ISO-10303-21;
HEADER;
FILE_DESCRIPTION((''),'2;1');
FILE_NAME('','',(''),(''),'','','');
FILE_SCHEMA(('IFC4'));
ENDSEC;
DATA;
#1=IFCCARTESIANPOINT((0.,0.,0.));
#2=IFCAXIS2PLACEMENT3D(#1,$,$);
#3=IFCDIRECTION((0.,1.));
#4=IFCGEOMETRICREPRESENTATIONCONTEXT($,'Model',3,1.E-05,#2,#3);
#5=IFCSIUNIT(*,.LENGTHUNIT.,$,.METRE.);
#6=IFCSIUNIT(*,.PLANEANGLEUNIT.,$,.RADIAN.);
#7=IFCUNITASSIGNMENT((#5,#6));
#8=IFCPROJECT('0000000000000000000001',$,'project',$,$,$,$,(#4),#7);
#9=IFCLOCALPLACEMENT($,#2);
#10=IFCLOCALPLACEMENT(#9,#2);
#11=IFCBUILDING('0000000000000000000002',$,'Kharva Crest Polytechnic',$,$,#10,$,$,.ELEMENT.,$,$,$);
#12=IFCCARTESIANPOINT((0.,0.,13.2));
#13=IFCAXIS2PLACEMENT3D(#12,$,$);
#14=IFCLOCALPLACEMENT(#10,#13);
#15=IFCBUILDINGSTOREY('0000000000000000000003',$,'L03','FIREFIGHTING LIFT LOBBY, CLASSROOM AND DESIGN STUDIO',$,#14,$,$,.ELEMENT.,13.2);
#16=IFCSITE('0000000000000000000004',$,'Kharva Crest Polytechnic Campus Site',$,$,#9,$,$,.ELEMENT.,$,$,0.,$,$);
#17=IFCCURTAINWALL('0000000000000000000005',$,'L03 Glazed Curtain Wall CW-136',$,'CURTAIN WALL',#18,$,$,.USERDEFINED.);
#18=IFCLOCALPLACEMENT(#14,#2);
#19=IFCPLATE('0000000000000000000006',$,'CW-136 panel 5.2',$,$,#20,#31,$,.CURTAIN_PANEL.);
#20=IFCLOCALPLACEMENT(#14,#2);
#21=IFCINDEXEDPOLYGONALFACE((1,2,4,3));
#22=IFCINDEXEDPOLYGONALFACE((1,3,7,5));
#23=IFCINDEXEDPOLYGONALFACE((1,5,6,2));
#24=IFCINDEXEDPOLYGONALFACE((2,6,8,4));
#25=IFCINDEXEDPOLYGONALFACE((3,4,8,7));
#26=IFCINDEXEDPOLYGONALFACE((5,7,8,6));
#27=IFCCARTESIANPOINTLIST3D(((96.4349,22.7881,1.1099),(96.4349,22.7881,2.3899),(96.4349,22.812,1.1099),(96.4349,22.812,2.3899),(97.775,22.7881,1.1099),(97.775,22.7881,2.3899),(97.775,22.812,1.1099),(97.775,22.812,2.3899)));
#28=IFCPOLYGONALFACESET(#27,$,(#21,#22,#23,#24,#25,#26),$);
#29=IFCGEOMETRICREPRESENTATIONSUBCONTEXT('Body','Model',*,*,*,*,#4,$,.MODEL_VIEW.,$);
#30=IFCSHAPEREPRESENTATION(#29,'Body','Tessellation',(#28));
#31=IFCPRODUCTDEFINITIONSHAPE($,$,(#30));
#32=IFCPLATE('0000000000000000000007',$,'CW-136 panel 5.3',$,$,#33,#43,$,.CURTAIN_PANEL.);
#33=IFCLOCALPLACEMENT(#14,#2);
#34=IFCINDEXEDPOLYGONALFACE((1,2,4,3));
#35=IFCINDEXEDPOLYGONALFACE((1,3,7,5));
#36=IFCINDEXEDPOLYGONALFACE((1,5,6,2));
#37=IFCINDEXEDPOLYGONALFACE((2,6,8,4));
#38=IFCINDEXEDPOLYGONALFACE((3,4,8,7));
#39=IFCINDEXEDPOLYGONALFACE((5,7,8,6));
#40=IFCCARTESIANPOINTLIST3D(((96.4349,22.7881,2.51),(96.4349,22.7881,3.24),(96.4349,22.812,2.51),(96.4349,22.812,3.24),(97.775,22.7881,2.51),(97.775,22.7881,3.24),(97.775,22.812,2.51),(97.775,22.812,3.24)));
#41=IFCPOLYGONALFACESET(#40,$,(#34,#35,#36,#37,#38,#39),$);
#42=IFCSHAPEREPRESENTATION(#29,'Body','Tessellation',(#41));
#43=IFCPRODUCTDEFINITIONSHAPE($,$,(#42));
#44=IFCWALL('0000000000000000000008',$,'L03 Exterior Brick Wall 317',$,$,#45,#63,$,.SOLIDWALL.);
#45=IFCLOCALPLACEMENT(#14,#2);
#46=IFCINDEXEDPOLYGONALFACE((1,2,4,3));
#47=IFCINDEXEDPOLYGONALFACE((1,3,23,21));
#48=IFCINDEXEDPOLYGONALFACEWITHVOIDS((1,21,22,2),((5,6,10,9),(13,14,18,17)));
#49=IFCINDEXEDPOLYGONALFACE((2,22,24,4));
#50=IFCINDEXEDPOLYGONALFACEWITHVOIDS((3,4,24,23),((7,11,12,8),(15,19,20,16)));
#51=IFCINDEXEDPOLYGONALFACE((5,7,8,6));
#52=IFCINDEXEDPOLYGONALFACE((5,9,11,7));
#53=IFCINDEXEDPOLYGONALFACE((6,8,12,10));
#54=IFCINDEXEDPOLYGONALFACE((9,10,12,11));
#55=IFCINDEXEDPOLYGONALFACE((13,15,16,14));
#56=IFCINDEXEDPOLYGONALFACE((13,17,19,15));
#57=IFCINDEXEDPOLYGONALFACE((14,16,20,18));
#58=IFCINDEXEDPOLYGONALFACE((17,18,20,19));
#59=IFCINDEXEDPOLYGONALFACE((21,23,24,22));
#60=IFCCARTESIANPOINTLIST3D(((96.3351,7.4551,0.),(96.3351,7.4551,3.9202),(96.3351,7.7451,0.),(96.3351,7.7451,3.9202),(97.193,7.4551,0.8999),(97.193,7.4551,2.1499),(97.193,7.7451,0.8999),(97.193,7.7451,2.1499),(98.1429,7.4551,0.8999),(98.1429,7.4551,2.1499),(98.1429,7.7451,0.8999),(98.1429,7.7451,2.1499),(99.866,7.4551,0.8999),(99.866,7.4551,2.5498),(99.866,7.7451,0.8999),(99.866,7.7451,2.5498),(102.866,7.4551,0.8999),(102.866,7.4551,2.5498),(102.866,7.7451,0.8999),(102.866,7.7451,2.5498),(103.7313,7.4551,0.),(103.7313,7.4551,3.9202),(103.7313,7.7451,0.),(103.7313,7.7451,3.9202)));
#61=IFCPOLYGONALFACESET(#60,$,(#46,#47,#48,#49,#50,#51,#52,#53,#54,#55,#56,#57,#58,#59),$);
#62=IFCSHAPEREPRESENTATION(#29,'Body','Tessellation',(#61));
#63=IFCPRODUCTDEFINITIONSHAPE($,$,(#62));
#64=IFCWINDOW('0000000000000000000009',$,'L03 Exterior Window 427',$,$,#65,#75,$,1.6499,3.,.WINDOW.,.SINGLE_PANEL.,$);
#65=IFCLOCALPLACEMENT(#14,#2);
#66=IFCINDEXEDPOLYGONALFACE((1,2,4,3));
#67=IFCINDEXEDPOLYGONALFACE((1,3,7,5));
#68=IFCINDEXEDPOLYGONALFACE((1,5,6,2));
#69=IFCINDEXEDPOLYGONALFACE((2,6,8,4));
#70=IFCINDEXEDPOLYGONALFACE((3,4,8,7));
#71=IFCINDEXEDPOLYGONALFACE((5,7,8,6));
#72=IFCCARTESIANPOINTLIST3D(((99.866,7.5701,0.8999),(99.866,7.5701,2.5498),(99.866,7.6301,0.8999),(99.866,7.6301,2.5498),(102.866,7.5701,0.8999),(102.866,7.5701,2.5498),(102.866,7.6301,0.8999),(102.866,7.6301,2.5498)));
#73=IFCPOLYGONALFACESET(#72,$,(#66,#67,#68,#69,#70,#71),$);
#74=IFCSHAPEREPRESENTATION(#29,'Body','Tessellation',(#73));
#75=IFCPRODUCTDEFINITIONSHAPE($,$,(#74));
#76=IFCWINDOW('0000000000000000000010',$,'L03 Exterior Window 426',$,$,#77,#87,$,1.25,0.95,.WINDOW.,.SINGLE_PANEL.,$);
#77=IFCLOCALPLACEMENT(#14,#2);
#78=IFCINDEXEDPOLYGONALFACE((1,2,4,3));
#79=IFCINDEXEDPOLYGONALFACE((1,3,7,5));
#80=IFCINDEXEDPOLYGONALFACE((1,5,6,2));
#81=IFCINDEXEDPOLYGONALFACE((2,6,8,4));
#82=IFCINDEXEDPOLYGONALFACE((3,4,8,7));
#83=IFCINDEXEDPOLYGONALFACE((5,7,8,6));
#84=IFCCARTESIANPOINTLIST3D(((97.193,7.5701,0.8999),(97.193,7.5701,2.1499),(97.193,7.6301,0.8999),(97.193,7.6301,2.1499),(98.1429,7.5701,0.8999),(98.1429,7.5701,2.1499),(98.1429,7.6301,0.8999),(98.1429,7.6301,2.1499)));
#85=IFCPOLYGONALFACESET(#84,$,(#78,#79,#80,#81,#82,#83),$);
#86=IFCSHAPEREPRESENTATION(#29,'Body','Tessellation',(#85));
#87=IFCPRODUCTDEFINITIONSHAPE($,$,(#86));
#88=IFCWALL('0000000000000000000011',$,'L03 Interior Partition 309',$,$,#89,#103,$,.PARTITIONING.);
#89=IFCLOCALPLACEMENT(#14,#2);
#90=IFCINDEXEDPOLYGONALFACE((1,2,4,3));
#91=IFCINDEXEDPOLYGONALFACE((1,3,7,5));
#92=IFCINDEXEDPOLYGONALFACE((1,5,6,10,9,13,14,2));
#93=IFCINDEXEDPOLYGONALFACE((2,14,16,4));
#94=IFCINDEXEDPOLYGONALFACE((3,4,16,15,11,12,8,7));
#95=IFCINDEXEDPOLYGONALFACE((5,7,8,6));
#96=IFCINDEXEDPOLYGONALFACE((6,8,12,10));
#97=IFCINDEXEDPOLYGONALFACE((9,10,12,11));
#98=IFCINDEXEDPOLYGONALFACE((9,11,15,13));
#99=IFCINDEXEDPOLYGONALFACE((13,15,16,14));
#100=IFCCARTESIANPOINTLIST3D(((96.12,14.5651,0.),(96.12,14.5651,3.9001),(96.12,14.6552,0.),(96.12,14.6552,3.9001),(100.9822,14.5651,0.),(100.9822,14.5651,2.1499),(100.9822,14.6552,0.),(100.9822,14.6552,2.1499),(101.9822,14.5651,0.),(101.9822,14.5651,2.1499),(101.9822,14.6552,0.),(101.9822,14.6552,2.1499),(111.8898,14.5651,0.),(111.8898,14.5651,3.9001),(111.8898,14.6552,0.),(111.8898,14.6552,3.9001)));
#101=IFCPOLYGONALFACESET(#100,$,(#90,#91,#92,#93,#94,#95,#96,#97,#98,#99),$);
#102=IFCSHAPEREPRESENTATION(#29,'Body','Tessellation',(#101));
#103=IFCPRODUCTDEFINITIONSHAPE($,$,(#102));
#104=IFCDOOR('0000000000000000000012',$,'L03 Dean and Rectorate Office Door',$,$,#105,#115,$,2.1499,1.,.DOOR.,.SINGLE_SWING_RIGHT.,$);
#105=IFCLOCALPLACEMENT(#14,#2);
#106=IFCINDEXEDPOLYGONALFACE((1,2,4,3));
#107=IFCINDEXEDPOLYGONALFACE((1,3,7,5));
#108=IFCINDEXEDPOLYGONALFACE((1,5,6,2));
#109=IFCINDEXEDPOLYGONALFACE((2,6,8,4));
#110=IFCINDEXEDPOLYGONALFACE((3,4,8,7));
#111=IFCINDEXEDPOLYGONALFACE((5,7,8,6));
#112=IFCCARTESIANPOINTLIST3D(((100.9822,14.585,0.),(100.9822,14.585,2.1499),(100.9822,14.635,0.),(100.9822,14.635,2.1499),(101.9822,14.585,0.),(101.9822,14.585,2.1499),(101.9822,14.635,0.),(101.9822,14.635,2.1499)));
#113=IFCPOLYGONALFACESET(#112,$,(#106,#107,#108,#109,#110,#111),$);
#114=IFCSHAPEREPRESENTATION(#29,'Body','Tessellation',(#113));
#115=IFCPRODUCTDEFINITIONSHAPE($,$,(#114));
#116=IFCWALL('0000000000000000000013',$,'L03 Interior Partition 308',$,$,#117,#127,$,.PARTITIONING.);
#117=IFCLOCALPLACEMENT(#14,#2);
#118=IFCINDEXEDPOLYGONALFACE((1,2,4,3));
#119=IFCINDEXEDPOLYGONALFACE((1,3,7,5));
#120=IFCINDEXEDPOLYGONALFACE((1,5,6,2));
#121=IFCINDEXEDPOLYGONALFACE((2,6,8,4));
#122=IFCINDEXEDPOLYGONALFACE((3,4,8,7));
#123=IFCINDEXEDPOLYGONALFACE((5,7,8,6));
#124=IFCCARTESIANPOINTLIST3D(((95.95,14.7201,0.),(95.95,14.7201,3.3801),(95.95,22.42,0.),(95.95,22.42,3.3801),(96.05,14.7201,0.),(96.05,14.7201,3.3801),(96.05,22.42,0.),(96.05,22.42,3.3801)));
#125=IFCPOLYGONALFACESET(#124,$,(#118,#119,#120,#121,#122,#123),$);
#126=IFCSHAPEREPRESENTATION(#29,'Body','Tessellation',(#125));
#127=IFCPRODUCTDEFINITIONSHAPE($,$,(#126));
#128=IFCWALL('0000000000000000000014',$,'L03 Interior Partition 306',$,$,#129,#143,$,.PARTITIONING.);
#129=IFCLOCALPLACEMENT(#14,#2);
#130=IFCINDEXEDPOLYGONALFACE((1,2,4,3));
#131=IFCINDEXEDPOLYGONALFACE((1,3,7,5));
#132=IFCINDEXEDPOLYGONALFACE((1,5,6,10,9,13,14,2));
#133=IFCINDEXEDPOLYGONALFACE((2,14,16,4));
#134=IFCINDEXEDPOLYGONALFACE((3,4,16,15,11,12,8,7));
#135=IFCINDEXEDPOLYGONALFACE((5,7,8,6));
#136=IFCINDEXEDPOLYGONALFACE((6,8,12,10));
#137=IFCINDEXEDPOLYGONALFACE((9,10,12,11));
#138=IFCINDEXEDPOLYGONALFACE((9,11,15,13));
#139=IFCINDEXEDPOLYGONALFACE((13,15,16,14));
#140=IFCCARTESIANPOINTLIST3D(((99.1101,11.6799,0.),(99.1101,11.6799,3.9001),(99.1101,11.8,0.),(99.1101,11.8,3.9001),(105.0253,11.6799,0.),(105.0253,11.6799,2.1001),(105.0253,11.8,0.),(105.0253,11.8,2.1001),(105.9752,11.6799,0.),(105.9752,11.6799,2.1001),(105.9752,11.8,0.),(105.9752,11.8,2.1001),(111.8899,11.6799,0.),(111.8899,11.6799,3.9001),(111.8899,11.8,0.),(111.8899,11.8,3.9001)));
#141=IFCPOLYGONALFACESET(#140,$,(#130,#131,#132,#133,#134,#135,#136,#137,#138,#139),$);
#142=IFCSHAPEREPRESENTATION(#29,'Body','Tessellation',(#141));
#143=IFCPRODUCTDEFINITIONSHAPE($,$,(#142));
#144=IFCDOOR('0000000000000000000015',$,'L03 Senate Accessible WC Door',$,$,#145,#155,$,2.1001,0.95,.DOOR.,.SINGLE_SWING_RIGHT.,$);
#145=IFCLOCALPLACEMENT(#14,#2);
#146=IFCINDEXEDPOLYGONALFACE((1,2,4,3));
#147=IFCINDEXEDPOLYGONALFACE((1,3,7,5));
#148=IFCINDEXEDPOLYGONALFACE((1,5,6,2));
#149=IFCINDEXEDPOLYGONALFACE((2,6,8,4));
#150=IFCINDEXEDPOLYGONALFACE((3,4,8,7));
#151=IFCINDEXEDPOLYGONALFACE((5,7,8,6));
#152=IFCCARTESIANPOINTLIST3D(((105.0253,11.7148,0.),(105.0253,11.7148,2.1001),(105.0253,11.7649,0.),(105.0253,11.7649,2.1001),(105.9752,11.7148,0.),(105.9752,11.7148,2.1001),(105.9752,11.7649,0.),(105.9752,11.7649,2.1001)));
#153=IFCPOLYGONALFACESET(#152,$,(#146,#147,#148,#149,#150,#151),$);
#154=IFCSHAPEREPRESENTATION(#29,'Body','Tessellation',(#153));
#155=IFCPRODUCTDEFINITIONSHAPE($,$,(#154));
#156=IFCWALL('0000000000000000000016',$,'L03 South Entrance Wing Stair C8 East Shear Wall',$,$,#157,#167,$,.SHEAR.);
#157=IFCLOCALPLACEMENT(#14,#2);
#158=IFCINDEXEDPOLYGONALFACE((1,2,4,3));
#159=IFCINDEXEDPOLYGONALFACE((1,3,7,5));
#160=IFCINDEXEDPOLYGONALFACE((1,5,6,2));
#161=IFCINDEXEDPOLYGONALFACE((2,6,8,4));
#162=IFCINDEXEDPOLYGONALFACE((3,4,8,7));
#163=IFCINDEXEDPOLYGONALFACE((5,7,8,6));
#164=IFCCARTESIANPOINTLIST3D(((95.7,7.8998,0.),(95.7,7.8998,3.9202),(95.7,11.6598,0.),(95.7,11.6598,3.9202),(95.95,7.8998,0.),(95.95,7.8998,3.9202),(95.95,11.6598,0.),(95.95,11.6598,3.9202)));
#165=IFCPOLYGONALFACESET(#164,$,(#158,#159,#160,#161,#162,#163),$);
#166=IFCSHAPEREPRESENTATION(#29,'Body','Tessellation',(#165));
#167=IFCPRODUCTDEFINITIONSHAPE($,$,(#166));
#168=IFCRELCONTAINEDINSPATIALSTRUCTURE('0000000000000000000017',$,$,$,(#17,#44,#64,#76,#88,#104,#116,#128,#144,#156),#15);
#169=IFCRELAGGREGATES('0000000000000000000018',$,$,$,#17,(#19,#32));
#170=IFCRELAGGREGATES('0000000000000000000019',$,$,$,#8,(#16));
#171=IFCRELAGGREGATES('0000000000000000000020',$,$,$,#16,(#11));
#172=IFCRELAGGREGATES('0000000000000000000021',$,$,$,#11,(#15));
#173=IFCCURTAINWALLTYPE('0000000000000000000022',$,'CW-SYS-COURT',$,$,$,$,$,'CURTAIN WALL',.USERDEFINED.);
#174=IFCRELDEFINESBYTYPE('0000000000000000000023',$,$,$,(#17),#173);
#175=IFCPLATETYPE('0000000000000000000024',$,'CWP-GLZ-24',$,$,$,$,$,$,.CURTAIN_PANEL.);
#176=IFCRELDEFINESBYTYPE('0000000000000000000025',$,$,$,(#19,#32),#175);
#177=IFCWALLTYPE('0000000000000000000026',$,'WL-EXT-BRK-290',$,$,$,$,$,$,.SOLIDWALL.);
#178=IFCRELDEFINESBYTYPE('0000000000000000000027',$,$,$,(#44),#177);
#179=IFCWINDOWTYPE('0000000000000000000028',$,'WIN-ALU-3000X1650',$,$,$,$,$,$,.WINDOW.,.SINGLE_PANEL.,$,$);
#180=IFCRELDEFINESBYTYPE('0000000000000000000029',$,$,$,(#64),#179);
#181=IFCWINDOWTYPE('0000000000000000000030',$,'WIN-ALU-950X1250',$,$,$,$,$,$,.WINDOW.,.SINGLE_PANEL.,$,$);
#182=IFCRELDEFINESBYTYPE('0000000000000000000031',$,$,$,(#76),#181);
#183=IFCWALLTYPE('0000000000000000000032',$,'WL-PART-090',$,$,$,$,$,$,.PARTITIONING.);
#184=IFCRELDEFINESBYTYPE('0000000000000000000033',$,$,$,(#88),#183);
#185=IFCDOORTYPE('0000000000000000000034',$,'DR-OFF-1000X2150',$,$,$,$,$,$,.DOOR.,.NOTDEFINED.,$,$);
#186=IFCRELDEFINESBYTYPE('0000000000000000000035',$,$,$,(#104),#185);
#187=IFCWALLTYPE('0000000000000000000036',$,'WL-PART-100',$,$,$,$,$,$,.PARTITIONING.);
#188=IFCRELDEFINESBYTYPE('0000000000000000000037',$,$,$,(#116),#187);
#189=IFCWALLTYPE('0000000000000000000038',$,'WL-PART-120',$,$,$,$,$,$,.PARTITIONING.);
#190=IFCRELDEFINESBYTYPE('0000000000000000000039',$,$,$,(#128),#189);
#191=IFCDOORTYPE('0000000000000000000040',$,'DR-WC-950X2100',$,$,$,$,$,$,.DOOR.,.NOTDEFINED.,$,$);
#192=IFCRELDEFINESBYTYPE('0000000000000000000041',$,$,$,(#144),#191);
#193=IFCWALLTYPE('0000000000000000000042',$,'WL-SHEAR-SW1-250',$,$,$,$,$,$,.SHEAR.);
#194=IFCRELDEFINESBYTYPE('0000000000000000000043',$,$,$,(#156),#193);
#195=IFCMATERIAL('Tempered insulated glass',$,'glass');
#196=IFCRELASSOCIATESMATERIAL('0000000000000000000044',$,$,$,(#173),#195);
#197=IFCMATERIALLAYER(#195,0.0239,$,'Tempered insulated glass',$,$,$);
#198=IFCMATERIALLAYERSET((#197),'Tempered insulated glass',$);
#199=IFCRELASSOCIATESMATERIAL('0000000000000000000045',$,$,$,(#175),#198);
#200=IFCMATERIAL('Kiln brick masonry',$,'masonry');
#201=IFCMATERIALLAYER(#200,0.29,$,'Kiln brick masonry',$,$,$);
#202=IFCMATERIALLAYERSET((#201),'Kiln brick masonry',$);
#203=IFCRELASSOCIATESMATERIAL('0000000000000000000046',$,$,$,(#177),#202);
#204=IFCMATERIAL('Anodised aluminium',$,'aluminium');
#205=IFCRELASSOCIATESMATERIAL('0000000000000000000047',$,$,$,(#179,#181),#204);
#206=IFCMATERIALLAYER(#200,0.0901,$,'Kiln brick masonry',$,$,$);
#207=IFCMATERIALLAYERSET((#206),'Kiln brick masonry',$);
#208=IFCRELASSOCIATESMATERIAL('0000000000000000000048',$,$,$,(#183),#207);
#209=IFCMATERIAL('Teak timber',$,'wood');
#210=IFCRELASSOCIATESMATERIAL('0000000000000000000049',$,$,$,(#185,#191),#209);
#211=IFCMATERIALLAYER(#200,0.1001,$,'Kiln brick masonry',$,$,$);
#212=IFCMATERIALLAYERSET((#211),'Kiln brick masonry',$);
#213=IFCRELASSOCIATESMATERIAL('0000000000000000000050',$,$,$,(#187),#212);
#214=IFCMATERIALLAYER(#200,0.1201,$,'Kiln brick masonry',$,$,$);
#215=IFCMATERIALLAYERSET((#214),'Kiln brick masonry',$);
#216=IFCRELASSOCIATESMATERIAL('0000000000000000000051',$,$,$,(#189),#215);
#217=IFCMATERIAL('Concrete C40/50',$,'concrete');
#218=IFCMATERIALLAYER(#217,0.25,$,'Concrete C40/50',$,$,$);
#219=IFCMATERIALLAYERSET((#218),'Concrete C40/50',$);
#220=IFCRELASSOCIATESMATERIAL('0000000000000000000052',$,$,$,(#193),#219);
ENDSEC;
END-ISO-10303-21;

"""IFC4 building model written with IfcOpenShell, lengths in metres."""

from ifc_helpers import new_model, si_unit, direction, frame, frame_2d, origin, origin_2d, place, context, subcontext, project, spatial, rectangle, extrude, material, layer, layer_set, type_object, element, fill, aggregate, save


model = new_model("IFC4")

# Units and contexts
model_context = context("Model", 3, precision=1e-05, world=origin(), true_north=direction((0.0, 1.0)))
body_context = subcontext(model_context, "Body", "Model", "MODEL_VIEW")
ifc_project = project(units=[si_unit("LENGTHUNIT", "METRE"), si_unit("PLANEANGLEUNIT", "RADIAN")], contexts=[model_context])

# Site, building, storey
site_placement = place(None, origin())
site = spatial("IfcSite", under=ifc_project, at=site_placement, Name="Kharva Crest Polytechnic Campus Site", CompositionType="ELEMENT", RefElevation=0.0)
building_placement = place(site_placement, origin())
building = spatial("IfcBuilding", under=site, at=building_placement, Name="Kharva Crest Polytechnic", CompositionType="ELEMENT")
storey_placement = place(building_placement, frame((0.0, 0.0, 13.2)))
storey = spatial("IfcBuildingStorey", under=building, at=storey_placement, Name="L03", Description="FIREFIGHTING LIFT LOBBY, CLASSROOM AND DESIGN STUDIO", CompositionType="ELEMENT", Elevation=13.2)

# Shared definitions
ifc_material_1 = material(Name="Concrete C40/50", Category="concrete")

# Curtain wall
ifc_material_2 = material(Name="Tempered insulated glass", Category="glass")
curtain_wall_type = type_object("IfcCurtainWallType", Name="CW-SYS-COURT", ElementType="CURTAIN WALL", PredefinedType="USERDEFINED", material=ifc_material_2)
curtain_wall_1_placement = place(storey_placement, origin())
curtain_wall_1 = element("IfcCurtainWall", 1, at=curtain_wall_1_placement, inside=storey, type_object=curtain_wall_type, Name="L03 Glazed Curtain Wall CW-136", ObjectType="CURTAIN WALL", PredefinedType="USERDEFINED")

# Plates
ifc_layer_1 = layer(ifc_material_2, 0.0239, Name="Tempered insulated glass")
ifc_layer_set_1 = layer_set([ifc_layer_1], Name="Tempered insulated glass")
plate_type = type_object("IfcPlateType", Name="CWP-GLZ-24", PredefinedType="CURTAIN_PANEL", material=ifc_layer_set_1)
plate_1_placement = place(storey_placement, frame((97.105, 22.8, 1.1099), z_axis=(0.0, 0.0, 1.0), x_axis=(-1.0, 0.0, 0.0)))
plate_1 = element("IfcPlate", 2, at=plate_1_placement, type_object=plate_type, Name="CW-136 panel 5.2", PredefinedType="CURTAIN_PANEL", context=body_context, shape_type="SweptSolid", body=[
    extrude(rectangle(XDim=1.3401, YDim=0.0239, at=origin_2d()), origin(), (0.0, 0.0, 1.0), 1.28),
])
plate_2_placement = place(storey_placement, frame((97.105, 22.8, 2.51), z_axis=(0.0, 0.0, 1.0), x_axis=(-1.0, 0.0, 0.0)))
plate_2 = element("IfcPlate", 3, at=plate_2_placement, type_object=plate_type, Name="CW-136 panel 5.3", PredefinedType="CURTAIN_PANEL", context=body_context, shape_type="SweptSolid", body=[
    extrude(rectangle(XDim=1.3401, YDim=0.0239, at=origin_2d()), origin(), (0.0, 0.0, 1.0), 0.73),
])
aggregate(curtain_wall_1, [plate_1, plate_2])

# Wall, openings, windows
ifc_material_3 = material(Name="Kiln brick masonry", Category="masonry")
ifc_layer_2 = layer(ifc_material_3, 0.29, Name="Kiln brick masonry")
ifc_layer_set_2 = layer_set([ifc_layer_2], Name="Kiln brick masonry")
wall_type_1 = type_object("IfcWallType", Name="WL-EXT-BRK-290", PredefinedType="SOLIDWALL", material=ifc_layer_set_2)
wall_1_placement = place(storey_placement, frame((96.335, 7.6001, 0.0), z_axis=(0.0, 0.0, 1.0), x_axis=(1.0, 0.0, 0.0)))
wall_1 = element("IfcWall", 4, at=wall_1_placement, inside=storey, type_object=wall_type_1, Name="L03 Exterior Brick Wall 317", PredefinedType="SOLIDWALL", context=body_context, shape_type="SweptSolid", body=[
    extrude(rectangle(XDim=7.3962, YDim=0.29, at=frame_2d((3.6982, 0.0))), origin(), (0.0, 0.0, 1.0), 3.9202),
])
opening_1_placement = place(wall_1_placement, frame((0.8579, 0.0, 0.8999)))
opening_1 = element("IfcOpeningElement", 5, at=opening_1_placement, cuts=wall_1, PredefinedType="OPENING", context=body_context, shape_type="SweptSolid", body=[
    extrude(rectangle(XDim=0.95, YDim=1.25, at=frame_2d((0.4751, 0.625))), frame((0.0, 0.155, 0.0), z_axis=(0.0, -1.0, 0.0), x_axis=(1.0, 0.0, 0.0)), (0.0, 0.0, 1.0), 0.3101),
])
opening_2_placement = place(wall_1_placement, frame((3.531, 0.0, 0.8999)))
opening_2 = element("IfcOpeningElement", 6, at=opening_2_placement, cuts=wall_1, PredefinedType="OPENING", context=body_context, shape_type="SweptSolid", body=[
    extrude(rectangle(XDim=3.0, YDim=1.6499, at=frame_2d((1.5, 0.825))), frame((0.0, 0.155, 0.0), z_axis=(0.0, -1.0, 0.0), x_axis=(1.0, 0.0, 0.0)), (0.0, 0.0, 1.0), 0.3101),
])
ifc_material_4 = material(Name="Anodised aluminium", Category="aluminium")
window_type_1 = type_object("IfcWindowType", Name="WIN-ALU-3000X1650", PartitioningType="SINGLE_PANEL", PredefinedType="WINDOW", material=ifc_material_4)
window_1_placement = place(opening_2_placement, origin())
window_1 = element("IfcWindow", 7, at=window_1_placement, inside=storey, type_object=window_type_1, Name="L03 Exterior Window 427", OverallHeight=1.6499, OverallWidth=3.0, PartitioningType="SINGLE_PANEL", PredefinedType="WINDOW", context=body_context, shape_type="SweptSolid", body=[
    extrude(rectangle(XDim=3.0, YDim=1.6499, at=frame_2d((1.5, 0.825))), frame((0.0, 0.03, 0.0), z_axis=(0.0, -1.0, 0.0), x_axis=(1.0, 0.0, 0.0)), (0.0, 0.0, 1.0), 0.0601),
])
fill(opening_2, window_1)
window_type_2 = type_object("IfcWindowType", Name="WIN-ALU-950X1250", PartitioningType="SINGLE_PANEL", PredefinedType="WINDOW", material=ifc_material_4)
window_2_placement = place(opening_1_placement, origin())
window_2 = element("IfcWindow", 8, at=window_2_placement, inside=storey, type_object=window_type_2, Name="L03 Exterior Window 426", OverallHeight=1.25, OverallWidth=0.95, PartitioningType="SINGLE_PANEL", PredefinedType="WINDOW", context=body_context, shape_type="SweptSolid", body=[
    extrude(rectangle(XDim=0.95, YDim=1.25, at=frame_2d((0.4751, 0.625))), frame((0.0, 0.03, 0.0), z_axis=(0.0, -1.0, 0.0), x_axis=(1.0, 0.0, 0.0)), (0.0, 0.0, 1.0), 0.0601),
])
fill(opening_1, window_2)

# Wall, opening, door
ifc_layer_3 = layer(ifc_material_3, 0.0901, Name="Kiln brick masonry")
ifc_layer_set_3 = layer_set([ifc_layer_3], Name="Kiln brick masonry")
wall_type_2 = type_object("IfcWallType", Name="WL-PART-090", PredefinedType="PARTITIONING", material=ifc_layer_set_3)
wall_2_placement = place(storey_placement, frame((96.1201, 14.6101, 0.0), z_axis=(0.0, 0.0, 1.0), x_axis=(1.0, 0.0, 0.0)))
wall_2 = element("IfcWall", 9, at=wall_2_placement, inside=storey, type_object=wall_type_2, Name="L03 Interior Partition 309", PredefinedType="PARTITIONING", context=body_context, shape_type="SweptSolid", body=[
    extrude(rectangle(XDim=15.7698, YDim=0.0901, at=frame_2d((7.8848, 0.0))), origin(), (0.0, 0.0, 1.0), 3.9001),
])
opening_3_placement = place(wall_2_placement, frame((4.8621, 0.0, 0.0)))
opening_3 = element("IfcOpeningElement", 10, at=opening_3_placement, cuts=wall_2, PredefinedType="OPENING", context=body_context, shape_type="SweptSolid", body=[
    extrude(rectangle(XDim=1.0, YDim=2.1499, at=frame_2d((0.5, 1.075))), frame((0.0, 0.0549, 0.0), z_axis=(0.0, -1.0, 0.0), x_axis=(1.0, 0.0, 0.0)), (0.0, 0.0, 1.0), 0.1101),
])
ifc_material_5 = material(Name="Teak timber", Category="wood")
door_type_1 = type_object("IfcDoorType", Name="DR-OFF-1000X2150", OperationType="NOTDEFINED", PredefinedType="DOOR", material=ifc_material_5)
door_1_placement = place(opening_3_placement, origin())
door_1 = element("IfcDoor", 11, at=door_1_placement, inside=storey, type_object=door_type_1, Name="L03 Dean and Rectorate Office Door", OperationType="SINGLE_SWING_RIGHT", OverallHeight=2.1499, OverallWidth=1.0, PredefinedType="DOOR", context=body_context, shape_type="SweptSolid", body=[
    extrude(rectangle(XDim=1.0, YDim=2.1499, at=frame_2d((0.5, 1.075))), frame((0.0, 0.0249, 0.0), z_axis=(0.0, -1.0, 0.0), x_axis=(1.0, 0.0, 0.0)), (0.0, 0.0, 1.0), 0.05),
])
fill(opening_3, door_1)

# Wall
ifc_layer_4 = layer(ifc_material_3, 0.1001, Name="Kiln brick masonry")
ifc_layer_set_4 = layer_set([ifc_layer_4], Name="Kiln brick masonry")
wall_type_3 = type_object("IfcWallType", Name="WL-PART-100", PredefinedType="PARTITIONING", material=ifc_layer_set_4)
wall_3_placement = place(storey_placement, frame((96.0, 14.72, 0.0), z_axis=(0.0, 0.0, 1.0), x_axis=(0.0, 1.0, 0.0)))
element("IfcWall", 12, at=wall_3_placement, inside=storey, type_object=wall_type_3, Name="L03 Interior Partition 308", PredefinedType="PARTITIONING", context=body_context, shape_type="SweptSolid", body=[
    extrude(rectangle(XDim=7.7, YDim=0.1001, at=frame_2d((3.8501, 0.0))), origin(), (0.0, 0.0, 1.0), 3.3801),
])

# Wall, opening, door
ifc_layer_5 = layer(ifc_material_3, 0.1201, Name="Kiln brick masonry")
ifc_layer_set_5 = layer_set([ifc_layer_5], Name="Kiln brick masonry")
wall_type_4 = type_object("IfcWallType", Name="WL-PART-120", PredefinedType="PARTITIONING", material=ifc_layer_set_5)
wall_4_placement = place(storey_placement, frame((99.1101, 11.74, 0.0), z_axis=(0.0, 0.0, 1.0), x_axis=(1.0, 0.0, 0.0)))
wall_4 = element("IfcWall", 13, at=wall_4_placement, inside=storey, type_object=wall_type_4, Name="L03 Interior Partition 306", PredefinedType="PARTITIONING", context=body_context, shape_type="SweptSolid", body=[
    extrude(rectangle(XDim=12.7798, YDim=0.1201, at=frame_2d((6.3899, 0.0))), origin(), (0.0, 0.0, 1.0), 3.9001),
])
opening_4_placement = place(wall_4_placement, frame((5.915, 0.0, 0.0)))
opening_4 = element("IfcOpeningElement", 14, at=opening_4_placement, cuts=wall_4, PredefinedType="OPENING", context=body_context, shape_type="SweptSolid", body=[
    extrude(rectangle(XDim=0.95, YDim=2.1001, at=frame_2d((0.4751, 1.05))), frame((0.0, 0.0701, 0.0), z_axis=(0.0, -1.0, 0.0), x_axis=(1.0, 0.0, 0.0)), (0.0, 0.0, 1.0), 0.1401),
])
door_type_2 = type_object("IfcDoorType", Name="DR-WC-950X2100", OperationType="NOTDEFINED", PredefinedType="DOOR", material=ifc_material_5)
door_2_placement = place(opening_4_placement, origin())
door_2 = element("IfcDoor", 15, at=door_2_placement, inside=storey, type_object=door_type_2, Name="L03 Senate Accessible WC Door", OperationType="SINGLE_SWING_RIGHT", OverallHeight=2.1001, OverallWidth=0.95, PredefinedType="DOOR", context=body_context, shape_type="SweptSolid", body=[
    extrude(rectangle(XDim=0.95, YDim=2.1001, at=frame_2d((0.4751, 1.05))), frame((0.0, 0.0249, 0.0), z_axis=(0.0, -1.0, 0.0), x_axis=(1.0, 0.0, 0.0)), (0.0, 0.0, 1.0), 0.05),
])
fill(opening_4, door_2)

# Wall
ifc_layer_6 = layer(ifc_material_1, 0.25, Name="Concrete C40/50")
ifc_layer_set_6 = layer_set([ifc_layer_6], Name="Concrete C40/50")
wall_type_5 = type_object("IfcWallType", Name="WL-SHEAR-SW1-250", PredefinedType="SHEAR", material=ifc_layer_set_6)
wall_5_placement = place(storey_placement, frame((95.825, 7.8999, 0.0), z_axis=(0.0, 0.0, 1.0), x_axis=(0.0, 1.0, 0.0)))
element("IfcWall", 16, at=wall_5_placement, inside=storey, type_object=wall_type_5, Name="L03 South Entrance Wing Stair C8 East Shear Wall", PredefinedType="SHEAR", context=body_context, shape_type="SweptSolid", body=[
    extrude(rectangle(XDim=3.76, YDim=0.25, at=frame_2d((1.8799, 0.0))), origin(), (0.0, 0.0, 1.0), 3.9202),
])

save(model, "model.ifc")
